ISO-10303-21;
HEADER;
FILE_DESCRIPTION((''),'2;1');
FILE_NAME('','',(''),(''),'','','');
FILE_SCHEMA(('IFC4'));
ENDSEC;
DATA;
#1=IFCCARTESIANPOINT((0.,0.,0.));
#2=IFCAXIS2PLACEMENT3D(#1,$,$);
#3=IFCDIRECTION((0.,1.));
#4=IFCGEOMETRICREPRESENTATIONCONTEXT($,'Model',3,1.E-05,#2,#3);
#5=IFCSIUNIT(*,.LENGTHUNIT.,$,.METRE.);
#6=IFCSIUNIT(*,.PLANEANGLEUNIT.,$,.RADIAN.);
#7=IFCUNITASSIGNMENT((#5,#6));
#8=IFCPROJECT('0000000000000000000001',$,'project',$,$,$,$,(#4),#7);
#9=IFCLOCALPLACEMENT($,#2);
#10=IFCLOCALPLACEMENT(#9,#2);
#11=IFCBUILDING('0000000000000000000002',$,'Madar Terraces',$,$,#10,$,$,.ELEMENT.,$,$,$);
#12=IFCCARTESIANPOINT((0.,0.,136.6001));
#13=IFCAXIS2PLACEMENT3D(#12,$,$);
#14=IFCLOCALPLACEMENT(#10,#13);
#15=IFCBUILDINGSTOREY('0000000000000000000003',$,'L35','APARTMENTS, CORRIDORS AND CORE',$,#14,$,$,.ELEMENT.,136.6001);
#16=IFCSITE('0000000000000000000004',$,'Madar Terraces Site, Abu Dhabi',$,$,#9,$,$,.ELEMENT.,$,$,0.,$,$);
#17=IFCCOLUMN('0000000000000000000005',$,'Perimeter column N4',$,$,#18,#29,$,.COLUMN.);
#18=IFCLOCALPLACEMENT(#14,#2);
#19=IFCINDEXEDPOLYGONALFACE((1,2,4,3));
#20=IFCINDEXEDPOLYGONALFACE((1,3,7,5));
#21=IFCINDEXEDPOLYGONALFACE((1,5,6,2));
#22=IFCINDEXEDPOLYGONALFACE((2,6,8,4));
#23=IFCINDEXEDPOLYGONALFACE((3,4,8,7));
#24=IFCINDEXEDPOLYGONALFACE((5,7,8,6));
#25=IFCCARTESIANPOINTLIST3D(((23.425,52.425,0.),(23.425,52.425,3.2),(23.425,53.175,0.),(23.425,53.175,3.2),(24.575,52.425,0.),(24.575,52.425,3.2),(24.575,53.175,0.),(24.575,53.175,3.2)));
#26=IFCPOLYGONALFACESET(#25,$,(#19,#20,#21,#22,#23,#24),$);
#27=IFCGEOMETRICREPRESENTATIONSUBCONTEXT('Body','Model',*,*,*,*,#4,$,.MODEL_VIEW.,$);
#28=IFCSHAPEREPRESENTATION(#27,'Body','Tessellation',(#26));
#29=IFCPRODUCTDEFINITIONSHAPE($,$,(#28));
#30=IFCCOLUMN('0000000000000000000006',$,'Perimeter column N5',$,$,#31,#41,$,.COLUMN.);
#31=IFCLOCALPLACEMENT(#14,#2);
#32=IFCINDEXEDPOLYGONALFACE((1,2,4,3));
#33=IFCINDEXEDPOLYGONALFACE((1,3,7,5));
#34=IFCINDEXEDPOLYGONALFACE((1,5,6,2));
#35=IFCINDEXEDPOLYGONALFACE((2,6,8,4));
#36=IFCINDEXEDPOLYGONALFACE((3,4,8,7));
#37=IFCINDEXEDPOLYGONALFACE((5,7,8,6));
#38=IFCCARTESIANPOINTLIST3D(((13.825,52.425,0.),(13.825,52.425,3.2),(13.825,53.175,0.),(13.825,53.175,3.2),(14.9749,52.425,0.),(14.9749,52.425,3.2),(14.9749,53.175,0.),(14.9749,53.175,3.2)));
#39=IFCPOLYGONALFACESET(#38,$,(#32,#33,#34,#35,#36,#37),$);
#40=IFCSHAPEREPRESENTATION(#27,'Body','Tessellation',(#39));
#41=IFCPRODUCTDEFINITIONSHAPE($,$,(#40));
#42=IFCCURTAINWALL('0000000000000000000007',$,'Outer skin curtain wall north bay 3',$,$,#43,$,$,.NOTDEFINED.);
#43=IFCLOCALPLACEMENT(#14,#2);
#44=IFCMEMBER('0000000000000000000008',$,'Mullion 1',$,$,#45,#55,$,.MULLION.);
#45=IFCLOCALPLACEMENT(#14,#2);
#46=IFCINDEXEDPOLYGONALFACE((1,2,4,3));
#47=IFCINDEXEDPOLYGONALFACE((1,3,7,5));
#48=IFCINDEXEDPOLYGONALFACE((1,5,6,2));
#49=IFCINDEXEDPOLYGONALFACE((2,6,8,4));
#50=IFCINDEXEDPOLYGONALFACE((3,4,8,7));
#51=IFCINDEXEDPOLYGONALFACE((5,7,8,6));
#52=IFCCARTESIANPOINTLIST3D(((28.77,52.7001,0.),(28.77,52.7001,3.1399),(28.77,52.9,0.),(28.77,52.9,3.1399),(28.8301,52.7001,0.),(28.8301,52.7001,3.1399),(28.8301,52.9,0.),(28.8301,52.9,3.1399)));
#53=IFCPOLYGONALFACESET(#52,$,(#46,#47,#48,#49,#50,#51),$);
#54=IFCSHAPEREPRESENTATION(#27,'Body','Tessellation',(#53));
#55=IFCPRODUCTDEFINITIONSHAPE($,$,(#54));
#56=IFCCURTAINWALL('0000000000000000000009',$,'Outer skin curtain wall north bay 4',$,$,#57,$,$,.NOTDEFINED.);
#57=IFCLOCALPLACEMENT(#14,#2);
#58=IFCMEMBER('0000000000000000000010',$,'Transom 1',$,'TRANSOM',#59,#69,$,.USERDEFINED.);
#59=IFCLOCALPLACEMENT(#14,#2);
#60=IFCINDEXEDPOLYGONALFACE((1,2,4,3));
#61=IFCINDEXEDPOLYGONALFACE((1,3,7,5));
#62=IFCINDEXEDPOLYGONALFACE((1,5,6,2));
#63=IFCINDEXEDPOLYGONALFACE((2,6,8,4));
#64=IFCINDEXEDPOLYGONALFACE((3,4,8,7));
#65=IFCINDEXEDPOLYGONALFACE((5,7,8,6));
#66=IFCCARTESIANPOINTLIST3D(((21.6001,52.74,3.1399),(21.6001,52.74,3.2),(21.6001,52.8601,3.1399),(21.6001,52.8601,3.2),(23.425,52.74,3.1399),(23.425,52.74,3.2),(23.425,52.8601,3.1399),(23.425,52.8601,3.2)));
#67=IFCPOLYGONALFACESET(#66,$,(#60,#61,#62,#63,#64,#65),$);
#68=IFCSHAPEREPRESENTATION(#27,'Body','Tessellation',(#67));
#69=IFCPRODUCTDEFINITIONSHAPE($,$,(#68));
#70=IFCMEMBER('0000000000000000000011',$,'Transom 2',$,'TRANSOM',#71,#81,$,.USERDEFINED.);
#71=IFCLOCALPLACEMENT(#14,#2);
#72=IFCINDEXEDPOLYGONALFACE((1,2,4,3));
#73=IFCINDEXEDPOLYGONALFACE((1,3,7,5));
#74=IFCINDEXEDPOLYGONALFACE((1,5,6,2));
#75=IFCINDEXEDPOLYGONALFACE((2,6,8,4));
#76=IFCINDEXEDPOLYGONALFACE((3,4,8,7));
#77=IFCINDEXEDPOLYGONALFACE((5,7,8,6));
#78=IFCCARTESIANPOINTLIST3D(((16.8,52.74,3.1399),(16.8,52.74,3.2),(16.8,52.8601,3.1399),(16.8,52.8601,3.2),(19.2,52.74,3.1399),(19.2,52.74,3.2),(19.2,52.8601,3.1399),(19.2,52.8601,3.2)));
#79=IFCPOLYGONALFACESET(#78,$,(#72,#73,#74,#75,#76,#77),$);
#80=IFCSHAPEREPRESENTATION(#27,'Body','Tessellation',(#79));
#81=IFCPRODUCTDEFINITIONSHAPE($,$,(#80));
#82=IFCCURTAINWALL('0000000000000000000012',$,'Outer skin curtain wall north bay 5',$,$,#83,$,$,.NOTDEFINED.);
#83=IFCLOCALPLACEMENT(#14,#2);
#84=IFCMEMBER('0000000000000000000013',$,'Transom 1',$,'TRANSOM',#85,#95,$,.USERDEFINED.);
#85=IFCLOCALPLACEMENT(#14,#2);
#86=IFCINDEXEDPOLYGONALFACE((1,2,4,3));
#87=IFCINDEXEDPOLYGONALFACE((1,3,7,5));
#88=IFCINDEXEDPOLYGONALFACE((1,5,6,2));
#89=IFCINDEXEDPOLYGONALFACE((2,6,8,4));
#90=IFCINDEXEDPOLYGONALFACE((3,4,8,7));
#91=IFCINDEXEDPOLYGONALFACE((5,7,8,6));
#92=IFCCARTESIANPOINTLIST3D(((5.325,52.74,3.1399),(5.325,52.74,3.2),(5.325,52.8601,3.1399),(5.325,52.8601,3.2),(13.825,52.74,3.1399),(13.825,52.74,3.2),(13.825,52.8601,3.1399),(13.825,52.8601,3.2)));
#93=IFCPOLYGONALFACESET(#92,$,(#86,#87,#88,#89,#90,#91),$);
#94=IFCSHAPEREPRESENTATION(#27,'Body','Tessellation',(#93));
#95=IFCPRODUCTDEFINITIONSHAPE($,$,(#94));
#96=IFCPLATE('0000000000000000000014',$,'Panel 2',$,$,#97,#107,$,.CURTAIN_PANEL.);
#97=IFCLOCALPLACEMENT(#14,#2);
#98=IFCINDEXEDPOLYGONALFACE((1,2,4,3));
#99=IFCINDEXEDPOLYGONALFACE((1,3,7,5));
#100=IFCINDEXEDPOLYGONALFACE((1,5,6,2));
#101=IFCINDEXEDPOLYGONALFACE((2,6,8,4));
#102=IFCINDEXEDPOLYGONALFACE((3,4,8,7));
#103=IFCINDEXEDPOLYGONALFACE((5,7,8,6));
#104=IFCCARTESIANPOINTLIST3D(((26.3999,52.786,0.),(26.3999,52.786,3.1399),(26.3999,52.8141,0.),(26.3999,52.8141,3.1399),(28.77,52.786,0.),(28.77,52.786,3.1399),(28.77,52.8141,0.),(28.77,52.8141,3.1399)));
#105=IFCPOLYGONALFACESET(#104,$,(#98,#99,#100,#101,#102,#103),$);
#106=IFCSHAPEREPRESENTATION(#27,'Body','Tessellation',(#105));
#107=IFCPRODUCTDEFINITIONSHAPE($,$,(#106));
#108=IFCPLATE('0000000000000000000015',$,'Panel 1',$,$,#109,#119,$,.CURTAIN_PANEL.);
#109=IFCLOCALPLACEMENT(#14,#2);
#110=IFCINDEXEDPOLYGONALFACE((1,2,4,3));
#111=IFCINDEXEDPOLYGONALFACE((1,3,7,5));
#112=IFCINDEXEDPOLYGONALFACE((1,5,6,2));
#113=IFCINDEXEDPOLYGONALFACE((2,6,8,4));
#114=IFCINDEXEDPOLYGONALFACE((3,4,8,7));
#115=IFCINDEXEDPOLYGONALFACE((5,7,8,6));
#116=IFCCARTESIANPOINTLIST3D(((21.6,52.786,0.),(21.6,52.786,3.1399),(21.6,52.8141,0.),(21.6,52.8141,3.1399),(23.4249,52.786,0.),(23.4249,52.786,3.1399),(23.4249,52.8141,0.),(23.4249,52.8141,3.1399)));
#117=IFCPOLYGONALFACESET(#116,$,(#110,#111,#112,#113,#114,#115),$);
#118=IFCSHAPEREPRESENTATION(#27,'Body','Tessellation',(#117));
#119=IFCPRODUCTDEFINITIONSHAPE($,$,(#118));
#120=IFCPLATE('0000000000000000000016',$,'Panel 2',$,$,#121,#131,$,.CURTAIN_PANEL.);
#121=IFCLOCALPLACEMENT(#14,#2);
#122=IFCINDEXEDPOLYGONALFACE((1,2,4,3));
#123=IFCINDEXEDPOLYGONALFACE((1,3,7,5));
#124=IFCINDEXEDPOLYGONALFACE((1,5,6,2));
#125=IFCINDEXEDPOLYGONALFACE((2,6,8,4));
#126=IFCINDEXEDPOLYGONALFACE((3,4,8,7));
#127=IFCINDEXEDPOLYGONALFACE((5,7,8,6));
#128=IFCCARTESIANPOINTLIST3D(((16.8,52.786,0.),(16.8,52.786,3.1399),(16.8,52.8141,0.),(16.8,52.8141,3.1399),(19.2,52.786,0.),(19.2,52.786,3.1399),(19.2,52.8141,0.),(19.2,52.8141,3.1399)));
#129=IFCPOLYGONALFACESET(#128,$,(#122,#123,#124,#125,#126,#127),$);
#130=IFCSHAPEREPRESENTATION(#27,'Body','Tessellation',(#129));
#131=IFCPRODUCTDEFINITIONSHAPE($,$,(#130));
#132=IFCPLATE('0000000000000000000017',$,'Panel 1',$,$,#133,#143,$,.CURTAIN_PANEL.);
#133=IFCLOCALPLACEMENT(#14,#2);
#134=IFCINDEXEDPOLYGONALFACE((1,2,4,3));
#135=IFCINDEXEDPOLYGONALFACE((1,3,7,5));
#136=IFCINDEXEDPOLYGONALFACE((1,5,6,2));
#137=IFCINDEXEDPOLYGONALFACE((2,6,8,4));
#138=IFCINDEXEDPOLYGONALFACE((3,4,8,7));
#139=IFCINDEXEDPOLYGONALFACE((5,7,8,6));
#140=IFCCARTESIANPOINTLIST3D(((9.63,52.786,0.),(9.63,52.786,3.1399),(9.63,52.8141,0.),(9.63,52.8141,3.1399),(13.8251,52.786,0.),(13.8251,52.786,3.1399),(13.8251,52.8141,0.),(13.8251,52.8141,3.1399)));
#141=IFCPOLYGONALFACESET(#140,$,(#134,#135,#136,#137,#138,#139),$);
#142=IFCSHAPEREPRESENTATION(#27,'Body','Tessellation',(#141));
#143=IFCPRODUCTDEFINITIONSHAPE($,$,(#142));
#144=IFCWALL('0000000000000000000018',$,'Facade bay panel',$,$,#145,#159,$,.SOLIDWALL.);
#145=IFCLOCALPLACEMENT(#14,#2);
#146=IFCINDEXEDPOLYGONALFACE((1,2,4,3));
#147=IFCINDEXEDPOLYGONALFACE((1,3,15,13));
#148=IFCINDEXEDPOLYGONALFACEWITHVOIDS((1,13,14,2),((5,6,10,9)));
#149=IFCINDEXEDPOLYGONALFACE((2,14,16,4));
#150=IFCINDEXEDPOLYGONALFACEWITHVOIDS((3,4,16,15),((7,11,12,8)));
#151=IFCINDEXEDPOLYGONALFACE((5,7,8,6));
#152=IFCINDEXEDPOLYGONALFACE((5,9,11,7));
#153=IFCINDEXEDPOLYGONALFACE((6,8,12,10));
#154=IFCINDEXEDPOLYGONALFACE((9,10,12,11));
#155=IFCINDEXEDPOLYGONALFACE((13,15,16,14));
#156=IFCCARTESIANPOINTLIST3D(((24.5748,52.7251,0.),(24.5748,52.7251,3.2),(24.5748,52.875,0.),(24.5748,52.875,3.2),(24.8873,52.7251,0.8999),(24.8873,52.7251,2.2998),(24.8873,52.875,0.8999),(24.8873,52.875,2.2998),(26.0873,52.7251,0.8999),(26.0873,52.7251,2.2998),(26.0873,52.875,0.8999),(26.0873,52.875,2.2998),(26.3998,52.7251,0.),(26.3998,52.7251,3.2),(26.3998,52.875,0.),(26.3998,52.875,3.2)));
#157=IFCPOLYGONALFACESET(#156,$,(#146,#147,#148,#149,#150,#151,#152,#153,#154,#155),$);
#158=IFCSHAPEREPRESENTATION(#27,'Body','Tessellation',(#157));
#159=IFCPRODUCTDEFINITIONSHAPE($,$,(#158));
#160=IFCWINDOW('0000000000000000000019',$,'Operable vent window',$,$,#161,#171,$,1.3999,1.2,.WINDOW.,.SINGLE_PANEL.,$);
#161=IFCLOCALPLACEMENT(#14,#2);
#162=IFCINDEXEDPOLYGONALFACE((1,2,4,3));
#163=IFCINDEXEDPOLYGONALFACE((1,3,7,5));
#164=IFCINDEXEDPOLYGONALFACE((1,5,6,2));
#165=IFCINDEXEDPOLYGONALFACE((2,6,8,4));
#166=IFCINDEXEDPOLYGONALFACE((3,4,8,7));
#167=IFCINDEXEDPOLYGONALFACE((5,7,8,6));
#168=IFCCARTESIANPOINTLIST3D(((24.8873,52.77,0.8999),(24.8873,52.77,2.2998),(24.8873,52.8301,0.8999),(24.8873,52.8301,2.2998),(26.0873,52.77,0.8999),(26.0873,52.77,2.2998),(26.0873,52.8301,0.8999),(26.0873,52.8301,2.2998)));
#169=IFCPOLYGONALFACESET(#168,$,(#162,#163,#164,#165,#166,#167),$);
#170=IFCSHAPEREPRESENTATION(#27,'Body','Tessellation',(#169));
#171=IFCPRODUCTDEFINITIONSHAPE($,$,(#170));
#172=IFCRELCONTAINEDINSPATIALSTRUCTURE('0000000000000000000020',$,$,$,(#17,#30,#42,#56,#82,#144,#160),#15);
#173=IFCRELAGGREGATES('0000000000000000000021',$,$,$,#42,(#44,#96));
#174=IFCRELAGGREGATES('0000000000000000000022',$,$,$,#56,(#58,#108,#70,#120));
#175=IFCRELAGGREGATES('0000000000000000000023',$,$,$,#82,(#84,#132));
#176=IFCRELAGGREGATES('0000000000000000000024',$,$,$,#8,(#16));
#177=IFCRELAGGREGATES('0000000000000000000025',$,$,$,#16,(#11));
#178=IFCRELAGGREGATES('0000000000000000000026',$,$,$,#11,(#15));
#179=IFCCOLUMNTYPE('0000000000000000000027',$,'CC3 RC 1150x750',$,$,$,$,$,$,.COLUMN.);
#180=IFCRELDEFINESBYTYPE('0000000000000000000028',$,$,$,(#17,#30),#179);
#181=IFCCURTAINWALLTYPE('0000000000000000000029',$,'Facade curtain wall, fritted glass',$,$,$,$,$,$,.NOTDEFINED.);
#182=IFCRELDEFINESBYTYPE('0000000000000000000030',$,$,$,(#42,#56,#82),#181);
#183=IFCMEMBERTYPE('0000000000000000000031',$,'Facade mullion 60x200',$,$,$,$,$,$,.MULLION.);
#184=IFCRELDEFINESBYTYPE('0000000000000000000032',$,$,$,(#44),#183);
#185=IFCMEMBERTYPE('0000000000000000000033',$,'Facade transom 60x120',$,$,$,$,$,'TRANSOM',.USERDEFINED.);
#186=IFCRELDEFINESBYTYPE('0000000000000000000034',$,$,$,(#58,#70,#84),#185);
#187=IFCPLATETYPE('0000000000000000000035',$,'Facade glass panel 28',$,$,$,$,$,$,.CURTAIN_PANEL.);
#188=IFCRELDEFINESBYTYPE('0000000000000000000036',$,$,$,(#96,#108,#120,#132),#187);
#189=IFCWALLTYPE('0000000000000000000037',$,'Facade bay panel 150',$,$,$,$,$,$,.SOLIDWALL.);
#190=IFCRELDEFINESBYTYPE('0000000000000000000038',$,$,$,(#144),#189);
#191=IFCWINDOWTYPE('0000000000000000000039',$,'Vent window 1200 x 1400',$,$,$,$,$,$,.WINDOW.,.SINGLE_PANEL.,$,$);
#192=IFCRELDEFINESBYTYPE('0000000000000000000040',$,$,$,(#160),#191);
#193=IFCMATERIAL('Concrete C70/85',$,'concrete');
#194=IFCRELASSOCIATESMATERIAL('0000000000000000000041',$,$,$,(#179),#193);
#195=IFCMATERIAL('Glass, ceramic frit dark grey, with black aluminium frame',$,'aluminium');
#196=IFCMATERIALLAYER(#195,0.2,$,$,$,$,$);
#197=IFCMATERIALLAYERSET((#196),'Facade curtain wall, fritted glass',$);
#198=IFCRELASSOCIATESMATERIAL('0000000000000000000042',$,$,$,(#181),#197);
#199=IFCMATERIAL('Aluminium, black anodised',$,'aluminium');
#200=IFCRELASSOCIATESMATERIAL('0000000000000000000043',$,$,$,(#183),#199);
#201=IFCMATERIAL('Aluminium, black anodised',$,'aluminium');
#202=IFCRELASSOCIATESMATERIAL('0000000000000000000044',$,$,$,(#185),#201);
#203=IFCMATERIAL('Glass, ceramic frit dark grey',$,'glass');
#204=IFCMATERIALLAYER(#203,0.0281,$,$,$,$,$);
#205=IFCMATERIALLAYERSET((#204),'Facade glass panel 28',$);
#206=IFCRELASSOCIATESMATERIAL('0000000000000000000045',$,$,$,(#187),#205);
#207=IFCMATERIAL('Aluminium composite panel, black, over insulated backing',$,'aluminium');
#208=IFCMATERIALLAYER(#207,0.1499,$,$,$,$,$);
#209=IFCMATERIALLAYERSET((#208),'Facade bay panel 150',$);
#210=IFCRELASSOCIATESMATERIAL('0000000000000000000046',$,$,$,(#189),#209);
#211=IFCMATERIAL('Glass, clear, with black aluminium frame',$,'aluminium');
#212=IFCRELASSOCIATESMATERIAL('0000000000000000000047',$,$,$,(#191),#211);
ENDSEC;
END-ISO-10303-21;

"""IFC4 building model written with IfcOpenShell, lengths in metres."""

from ifc_helpers import new_model, si_unit, direction, frame, frame_2d, origin, origin_2d, place, context, subcontext, project, spatial, rectangle, extrude, material, layer, layer_set, material_profile, profile_set, type_object, element, fill, aggregate, save


model = new_model("IFC4")

# Units and contexts
model_context = context("Model", 3, precision=1e-05, world=origin(), true_north=direction((0.0, 1.0)))
body_context = subcontext(model_context, "Body", "Model", "MODEL_VIEW")
ifc_project = project(units=[si_unit("LENGTHUNIT", "METRE"), si_unit("PLANEANGLEUNIT", "RADIAN")], contexts=[model_context])

# Site, building, storey
site_placement = place(None, origin())
site = spatial("IfcSite", under=ifc_project, at=site_placement, Name="Madar Terraces Site, Abu Dhabi", CompositionType="ELEMENT", RefElevation=0.0)
building_placement = place(site_placement, origin())
building = spatial("IfcBuilding", under=site, at=building_placement, Name="Madar Terraces", CompositionType="ELEMENT")
storey_placement = place(building_placement, frame((0.0, 0.0, 136.6001)))
storey = spatial("IfcBuildingStorey", under=building, at=storey_placement, Name="L35", Description="APARTMENTS, CORRIDORS AND CORE", CompositionType="ELEMENT", Elevation=136.6001)

# Columns
ifc_material_1 = material(Name="Concrete C70/85", Category="concrete")
ifc_material_profile_1 = material_profile(ifc_material_1, rectangle(XDim=1.1499, YDim=0.75, at=origin_2d()), Name="CC3 RC 1150x750")
ifc_profile_set_1 = profile_set([ifc_material_profile_1], Name="Concrete C70/85")
column_type = type_object("IfcColumnType", Name="CC3 RC 1150x750", PredefinedType="COLUMN", material=ifc_profile_set_1)
for number, where, z_axis, x_axis, name in (
    (1, (24.0, 52.8, 0.0), (0.0, 0.0, 1.0), (1.0, 0.0, 0.0), "Perimeter column N4"),
    (2, (14.3999, 52.8, 0.0), (0.0, 0.0, 1.0), (1.0, 0.0, 0.0), "Perimeter column N5"),
):
    element("IfcColumn", number, at=place(storey_placement, frame(where, z_axis=z_axis, x_axis=x_axis)), inside=storey, type_object=column_type, Name=name, PredefinedType="COLUMN", context=body_context, shape_type="SweptSolid", body=[
        extrude(rectangle(XDim=1.1499, YDim=0.75, at=origin_2d()), origin(), (0.0, 0.0, 1.0), 3.2),
    ])

# Curtain wall, member
ifc_material_2 = material(Name="Glass, ceramic frit dark grey, with black aluminium frame", Category="aluminium")
ifc_layer_1 = layer(ifc_material_2, 0.2)
ifc_layer_set_1 = layer_set([ifc_layer_1], Name="Facade curtain wall, fritted glass")
curtain_wall_type = type_object("IfcCurtainWallType", Name="Facade curtain wall, fritted glass", PredefinedType="NOTDEFINED", material=ifc_layer_set_1)
curtain_wall_1_placement = place(storey_placement, origin())
curtain_wall_1 = element("IfcCurtainWall", 3, at=curtain_wall_1_placement, inside=storey, type_object=curtain_wall_type, Name="Outer skin curtain wall north bay 3", PredefinedType="NOTDEFINED")
ifc_material_3 = material(Name="Aluminium, black anodised", Category="aluminium")
ifc_material_profile_2 = material_profile(ifc_material_3, rectangle(XDim=0.2, YDim=0.0601, at=origin_2d()), Name="Facade mullion 60x200")
ifc_profile_set_2 = profile_set([ifc_material_profile_2], Name="Aluminium, black anodised")
member_type_1 = type_object("IfcMemberType", Name="Facade mullion 60x200", PredefinedType="MULLION", material=ifc_profile_set_2)
member_1_placement = place(storey_placement, frame((28.8, 52.8, 0.0), z_axis=(0.0, 0.0, 1.0), x_axis=(0.0, -1.0, 0.0)))
member_1 = element("IfcMember", 4, at=member_1_placement, type_object=member_type_1, Name="Mullion 1", PredefinedType="MULLION", context=body_context, shape_type="SweptSolid", body=[
    extrude(rectangle(XDim=0.2, YDim=0.0601, at=origin_2d()), origin(), (0.0, 0.0, 1.0), 3.1399),
])

# Curtain wall, members
curtain_wall_2_placement = place(storey_placement, origin())
curtain_wall_2 = element("IfcCurtainWall", 5, at=curtain_wall_2_placement, inside=storey, type_object=curtain_wall_type, Name="Outer skin curtain wall north bay 4", PredefinedType="NOTDEFINED")
ifc_material_4 = material(Name="Aluminium, black anodised", Category="aluminium")
ifc_material_profile_3 = material_profile(ifc_material_4, rectangle(XDim=0.1201, YDim=0.0601, at=origin_2d()), Name="Facade transom 60x120")
ifc_profile_set_3 = profile_set([ifc_material_profile_3], Name="Aluminium, black anodised")
member_type_2 = type_object("IfcMemberType", Name="Facade transom 60x120", ElementType="TRANSOM", PredefinedType="USERDEFINED", material=ifc_profile_set_3)
member_2_placement = place(storey_placement, frame((23.425, 52.8, 3.1699), z_axis=(-1.0, 0.0, 0.0), x_axis=(0.0, -1.0, 0.0)))
member_2 = element("IfcMember", 6, at=member_2_placement, type_object=member_type_2, Name="Transom 1", ObjectType="TRANSOM", PredefinedType="USERDEFINED", context=body_context, shape_type="SweptSolid", body=[
    extrude(rectangle(XDim=0.1201, YDim=0.0601, at=origin_2d()), origin(), (0.0, 0.0, 1.0), 1.825),
])
member_3_placement = place(storey_placement, frame((19.2, 52.8, 3.1699), z_axis=(-1.0, 0.0, 0.0), x_axis=(0.0, -1.0, 0.0)))
member_3 = element("IfcMember", 7, at=member_3_placement, type_object=member_type_2, Name="Transom 2", ObjectType="TRANSOM", PredefinedType="USERDEFINED", context=body_context, shape_type="SweptSolid", body=[
    extrude(rectangle(XDim=0.1201, YDim=0.0601, at=origin_2d()), origin(), (0.0, 0.0, 1.0), 2.3999),
])

# Curtain wall, member
curtain_wall_3_placement = place(storey_placement, origin())
curtain_wall_3 = element("IfcCurtainWall", 8, at=curtain_wall_3_placement, inside=storey, type_object=curtain_wall_type, Name="Outer skin curtain wall north bay 5", PredefinedType="NOTDEFINED")
member_4_placement = place(storey_placement, frame((13.825, 52.8, 3.1699), z_axis=(-1.0, 0.0, 0.0), x_axis=(0.0, -1.0, 0.0)))
member_4 = element("IfcMember", 9, at=member_4_placement, type_object=member_type_2, Name="Transom 1", ObjectType="TRANSOM", PredefinedType="USERDEFINED", context=body_context, shape_type="SweptSolid", body=[
    extrude(rectangle(XDim=0.1201, YDim=0.0601, at=origin_2d()), origin(), (0.0, 0.0, 1.0), 8.5),
])

# Plates
ifc_material_5 = material(Name="Glass, ceramic frit dark grey", Category="glass")
ifc_layer_2 = layer(ifc_material_5, 0.0281)
ifc_layer_set_2 = layer_set([ifc_layer_2], Name="Facade glass panel 28")
plate_type = type_object("IfcPlateType", Name="Facade glass panel 28", PredefinedType="CURTAIN_PANEL", material=ifc_layer_set_2)
plate_1_placement = place(storey_placement, frame((27.585, 52.8, 0.0), z_axis=(0.0, 0.0, 1.0), x_axis=(-1.0, 0.0, 0.0)))
plate_1 = element("IfcPlate", 10, at=plate_1_placement, type_object=plate_type, Name="Panel 2", PredefinedType="CURTAIN_PANEL", context=body_context, shape_type="SweptSolid", body=[
    extrude(rectangle(XDim=2.3701, YDim=0.0281, at=origin_2d()), origin(), (0.0, 0.0, 1.0), 3.1399),
])
aggregate(curtain_wall_1, [member_1, plate_1])
plate_2_placement = place(storey_placement, frame((22.5125, 52.8, 0.0), z_axis=(0.0, 0.0, 1.0), x_axis=(-1.0, 0.0, 0.0)))
plate_2 = element("IfcPlate", 11, at=plate_2_placement, type_object=plate_type, Name="Panel 1", PredefinedType="CURTAIN_PANEL", context=body_context, shape_type="SweptSolid", body=[
    extrude(rectangle(XDim=1.825, YDim=0.0281, at=origin_2d()), origin(), (0.0, 0.0, 1.0), 3.1399),
])
plate_3_placement = place(storey_placement, frame((18.0, 52.8, 0.0), z_axis=(0.0, 0.0, 1.0), x_axis=(-1.0, 0.0, 0.0)))
plate_3 = element("IfcPlate", 12, at=plate_3_placement, type_object=plate_type, Name="Panel 2", PredefinedType="CURTAIN_PANEL", context=body_context, shape_type="SweptSolid", body=[
    extrude(rectangle(XDim=2.3999, YDim=0.0281, at=origin_2d()), origin(), (0.0, 0.0, 1.0), 3.1399),
])
aggregate(curtain_wall_2, [member_2, plate_2, member_3, plate_3])
plate_4_placement = place(storey_placement, frame((11.7275, 52.8, 0.0), z_axis=(0.0, 0.0, 1.0), x_axis=(-1.0, 0.0, 0.0)))
plate_4 = element("IfcPlate", 13, at=plate_4_placement, type_object=plate_type, Name="Panel 1", PredefinedType="CURTAIN_PANEL", context=body_context, shape_type="SweptSolid", body=[
    extrude(rectangle(XDim=4.1951, YDim=0.0281, at=origin_2d()), origin(), (0.0, 0.0, 1.0), 3.1399),
])
aggregate(curtain_wall_3, [member_4, plate_4])

# Wall, opening, window
ifc_material_6 = material(Name="Aluminium composite panel, black, over insulated backing", Category="aluminium")
ifc_layer_3 = layer(ifc_material_6, 0.1499)
ifc_layer_set_3 = layer_set([ifc_layer_3], Name="Facade bay panel 150")
wall_type_1 = type_object("IfcWallType", Name="Facade bay panel 150", PredefinedType="SOLIDWALL", material=ifc_layer_set_3)
wall_1_placement = place(storey_placement, frame((26.3999, 52.8, 0.0), z_axis=(0.0, 0.0, 1.0), x_axis=(-1.0, 0.0, 0.0)))
wall_1 = element("IfcWall", 14, at=wall_1_placement, inside=storey, type_object=wall_type_1, Name="Facade bay panel", PredefinedType="SOLIDWALL", context=body_context, shape_type="SweptSolid", body=[
    extrude(rectangle(XDim=1.825, YDim=0.1499, at=frame_2d((0.9126, 0.0))), origin(), (0.0, 0.0, 1.0), 3.2),
])
opening_1_placement = place(wall_1_placement, frame((0.3125, 0.0, 0.8999)))
opening_1 = element("IfcOpeningElement", 15, at=opening_1_placement, cuts=wall_1, PredefinedType="OPENING", context=body_context, shape_type="SweptSolid", body=[
    extrude(rectangle(XDim=1.2, YDim=1.3999, at=frame_2d((0.6001, 0.7))), frame((0.0, 0.085, 0.0), z_axis=(0.0, -1.0, 0.0), x_axis=(1.0, 0.0, 0.0)), (0.0, 0.0, 1.0), 0.1699),
])
ifc_material_7 = material(Name="Glass, clear, with black aluminium frame", Category="aluminium")
window_type = type_object("IfcWindowType", Name="Vent window 1200 x 1400", PartitioningType="SINGLE_PANEL", PredefinedType="WINDOW", material=ifc_material_7)
window_1_placement = place(opening_1_placement, origin())
window_1 = element("IfcWindow", 16, at=window_1_placement, inside=storey, type_object=window_type, Name="Operable vent window", OverallHeight=1.3999, OverallWidth=1.2, PartitioningType="SINGLE_PANEL", PredefinedType="WINDOW", context=body_context, shape_type="SweptSolid", body=[
    extrude(rectangle(XDim=1.2, YDim=1.3999, at=frame_2d((0.6001, 0.7))), frame((0.0, 0.03, 0.0), z_axis=(0.0, -1.0, 0.0), x_axis=(1.0, 0.0, 0.0)), (0.0, 0.0, 1.0), 0.0601),
])
fill(opening_1, window_1)

save(model, "model.ifc")
